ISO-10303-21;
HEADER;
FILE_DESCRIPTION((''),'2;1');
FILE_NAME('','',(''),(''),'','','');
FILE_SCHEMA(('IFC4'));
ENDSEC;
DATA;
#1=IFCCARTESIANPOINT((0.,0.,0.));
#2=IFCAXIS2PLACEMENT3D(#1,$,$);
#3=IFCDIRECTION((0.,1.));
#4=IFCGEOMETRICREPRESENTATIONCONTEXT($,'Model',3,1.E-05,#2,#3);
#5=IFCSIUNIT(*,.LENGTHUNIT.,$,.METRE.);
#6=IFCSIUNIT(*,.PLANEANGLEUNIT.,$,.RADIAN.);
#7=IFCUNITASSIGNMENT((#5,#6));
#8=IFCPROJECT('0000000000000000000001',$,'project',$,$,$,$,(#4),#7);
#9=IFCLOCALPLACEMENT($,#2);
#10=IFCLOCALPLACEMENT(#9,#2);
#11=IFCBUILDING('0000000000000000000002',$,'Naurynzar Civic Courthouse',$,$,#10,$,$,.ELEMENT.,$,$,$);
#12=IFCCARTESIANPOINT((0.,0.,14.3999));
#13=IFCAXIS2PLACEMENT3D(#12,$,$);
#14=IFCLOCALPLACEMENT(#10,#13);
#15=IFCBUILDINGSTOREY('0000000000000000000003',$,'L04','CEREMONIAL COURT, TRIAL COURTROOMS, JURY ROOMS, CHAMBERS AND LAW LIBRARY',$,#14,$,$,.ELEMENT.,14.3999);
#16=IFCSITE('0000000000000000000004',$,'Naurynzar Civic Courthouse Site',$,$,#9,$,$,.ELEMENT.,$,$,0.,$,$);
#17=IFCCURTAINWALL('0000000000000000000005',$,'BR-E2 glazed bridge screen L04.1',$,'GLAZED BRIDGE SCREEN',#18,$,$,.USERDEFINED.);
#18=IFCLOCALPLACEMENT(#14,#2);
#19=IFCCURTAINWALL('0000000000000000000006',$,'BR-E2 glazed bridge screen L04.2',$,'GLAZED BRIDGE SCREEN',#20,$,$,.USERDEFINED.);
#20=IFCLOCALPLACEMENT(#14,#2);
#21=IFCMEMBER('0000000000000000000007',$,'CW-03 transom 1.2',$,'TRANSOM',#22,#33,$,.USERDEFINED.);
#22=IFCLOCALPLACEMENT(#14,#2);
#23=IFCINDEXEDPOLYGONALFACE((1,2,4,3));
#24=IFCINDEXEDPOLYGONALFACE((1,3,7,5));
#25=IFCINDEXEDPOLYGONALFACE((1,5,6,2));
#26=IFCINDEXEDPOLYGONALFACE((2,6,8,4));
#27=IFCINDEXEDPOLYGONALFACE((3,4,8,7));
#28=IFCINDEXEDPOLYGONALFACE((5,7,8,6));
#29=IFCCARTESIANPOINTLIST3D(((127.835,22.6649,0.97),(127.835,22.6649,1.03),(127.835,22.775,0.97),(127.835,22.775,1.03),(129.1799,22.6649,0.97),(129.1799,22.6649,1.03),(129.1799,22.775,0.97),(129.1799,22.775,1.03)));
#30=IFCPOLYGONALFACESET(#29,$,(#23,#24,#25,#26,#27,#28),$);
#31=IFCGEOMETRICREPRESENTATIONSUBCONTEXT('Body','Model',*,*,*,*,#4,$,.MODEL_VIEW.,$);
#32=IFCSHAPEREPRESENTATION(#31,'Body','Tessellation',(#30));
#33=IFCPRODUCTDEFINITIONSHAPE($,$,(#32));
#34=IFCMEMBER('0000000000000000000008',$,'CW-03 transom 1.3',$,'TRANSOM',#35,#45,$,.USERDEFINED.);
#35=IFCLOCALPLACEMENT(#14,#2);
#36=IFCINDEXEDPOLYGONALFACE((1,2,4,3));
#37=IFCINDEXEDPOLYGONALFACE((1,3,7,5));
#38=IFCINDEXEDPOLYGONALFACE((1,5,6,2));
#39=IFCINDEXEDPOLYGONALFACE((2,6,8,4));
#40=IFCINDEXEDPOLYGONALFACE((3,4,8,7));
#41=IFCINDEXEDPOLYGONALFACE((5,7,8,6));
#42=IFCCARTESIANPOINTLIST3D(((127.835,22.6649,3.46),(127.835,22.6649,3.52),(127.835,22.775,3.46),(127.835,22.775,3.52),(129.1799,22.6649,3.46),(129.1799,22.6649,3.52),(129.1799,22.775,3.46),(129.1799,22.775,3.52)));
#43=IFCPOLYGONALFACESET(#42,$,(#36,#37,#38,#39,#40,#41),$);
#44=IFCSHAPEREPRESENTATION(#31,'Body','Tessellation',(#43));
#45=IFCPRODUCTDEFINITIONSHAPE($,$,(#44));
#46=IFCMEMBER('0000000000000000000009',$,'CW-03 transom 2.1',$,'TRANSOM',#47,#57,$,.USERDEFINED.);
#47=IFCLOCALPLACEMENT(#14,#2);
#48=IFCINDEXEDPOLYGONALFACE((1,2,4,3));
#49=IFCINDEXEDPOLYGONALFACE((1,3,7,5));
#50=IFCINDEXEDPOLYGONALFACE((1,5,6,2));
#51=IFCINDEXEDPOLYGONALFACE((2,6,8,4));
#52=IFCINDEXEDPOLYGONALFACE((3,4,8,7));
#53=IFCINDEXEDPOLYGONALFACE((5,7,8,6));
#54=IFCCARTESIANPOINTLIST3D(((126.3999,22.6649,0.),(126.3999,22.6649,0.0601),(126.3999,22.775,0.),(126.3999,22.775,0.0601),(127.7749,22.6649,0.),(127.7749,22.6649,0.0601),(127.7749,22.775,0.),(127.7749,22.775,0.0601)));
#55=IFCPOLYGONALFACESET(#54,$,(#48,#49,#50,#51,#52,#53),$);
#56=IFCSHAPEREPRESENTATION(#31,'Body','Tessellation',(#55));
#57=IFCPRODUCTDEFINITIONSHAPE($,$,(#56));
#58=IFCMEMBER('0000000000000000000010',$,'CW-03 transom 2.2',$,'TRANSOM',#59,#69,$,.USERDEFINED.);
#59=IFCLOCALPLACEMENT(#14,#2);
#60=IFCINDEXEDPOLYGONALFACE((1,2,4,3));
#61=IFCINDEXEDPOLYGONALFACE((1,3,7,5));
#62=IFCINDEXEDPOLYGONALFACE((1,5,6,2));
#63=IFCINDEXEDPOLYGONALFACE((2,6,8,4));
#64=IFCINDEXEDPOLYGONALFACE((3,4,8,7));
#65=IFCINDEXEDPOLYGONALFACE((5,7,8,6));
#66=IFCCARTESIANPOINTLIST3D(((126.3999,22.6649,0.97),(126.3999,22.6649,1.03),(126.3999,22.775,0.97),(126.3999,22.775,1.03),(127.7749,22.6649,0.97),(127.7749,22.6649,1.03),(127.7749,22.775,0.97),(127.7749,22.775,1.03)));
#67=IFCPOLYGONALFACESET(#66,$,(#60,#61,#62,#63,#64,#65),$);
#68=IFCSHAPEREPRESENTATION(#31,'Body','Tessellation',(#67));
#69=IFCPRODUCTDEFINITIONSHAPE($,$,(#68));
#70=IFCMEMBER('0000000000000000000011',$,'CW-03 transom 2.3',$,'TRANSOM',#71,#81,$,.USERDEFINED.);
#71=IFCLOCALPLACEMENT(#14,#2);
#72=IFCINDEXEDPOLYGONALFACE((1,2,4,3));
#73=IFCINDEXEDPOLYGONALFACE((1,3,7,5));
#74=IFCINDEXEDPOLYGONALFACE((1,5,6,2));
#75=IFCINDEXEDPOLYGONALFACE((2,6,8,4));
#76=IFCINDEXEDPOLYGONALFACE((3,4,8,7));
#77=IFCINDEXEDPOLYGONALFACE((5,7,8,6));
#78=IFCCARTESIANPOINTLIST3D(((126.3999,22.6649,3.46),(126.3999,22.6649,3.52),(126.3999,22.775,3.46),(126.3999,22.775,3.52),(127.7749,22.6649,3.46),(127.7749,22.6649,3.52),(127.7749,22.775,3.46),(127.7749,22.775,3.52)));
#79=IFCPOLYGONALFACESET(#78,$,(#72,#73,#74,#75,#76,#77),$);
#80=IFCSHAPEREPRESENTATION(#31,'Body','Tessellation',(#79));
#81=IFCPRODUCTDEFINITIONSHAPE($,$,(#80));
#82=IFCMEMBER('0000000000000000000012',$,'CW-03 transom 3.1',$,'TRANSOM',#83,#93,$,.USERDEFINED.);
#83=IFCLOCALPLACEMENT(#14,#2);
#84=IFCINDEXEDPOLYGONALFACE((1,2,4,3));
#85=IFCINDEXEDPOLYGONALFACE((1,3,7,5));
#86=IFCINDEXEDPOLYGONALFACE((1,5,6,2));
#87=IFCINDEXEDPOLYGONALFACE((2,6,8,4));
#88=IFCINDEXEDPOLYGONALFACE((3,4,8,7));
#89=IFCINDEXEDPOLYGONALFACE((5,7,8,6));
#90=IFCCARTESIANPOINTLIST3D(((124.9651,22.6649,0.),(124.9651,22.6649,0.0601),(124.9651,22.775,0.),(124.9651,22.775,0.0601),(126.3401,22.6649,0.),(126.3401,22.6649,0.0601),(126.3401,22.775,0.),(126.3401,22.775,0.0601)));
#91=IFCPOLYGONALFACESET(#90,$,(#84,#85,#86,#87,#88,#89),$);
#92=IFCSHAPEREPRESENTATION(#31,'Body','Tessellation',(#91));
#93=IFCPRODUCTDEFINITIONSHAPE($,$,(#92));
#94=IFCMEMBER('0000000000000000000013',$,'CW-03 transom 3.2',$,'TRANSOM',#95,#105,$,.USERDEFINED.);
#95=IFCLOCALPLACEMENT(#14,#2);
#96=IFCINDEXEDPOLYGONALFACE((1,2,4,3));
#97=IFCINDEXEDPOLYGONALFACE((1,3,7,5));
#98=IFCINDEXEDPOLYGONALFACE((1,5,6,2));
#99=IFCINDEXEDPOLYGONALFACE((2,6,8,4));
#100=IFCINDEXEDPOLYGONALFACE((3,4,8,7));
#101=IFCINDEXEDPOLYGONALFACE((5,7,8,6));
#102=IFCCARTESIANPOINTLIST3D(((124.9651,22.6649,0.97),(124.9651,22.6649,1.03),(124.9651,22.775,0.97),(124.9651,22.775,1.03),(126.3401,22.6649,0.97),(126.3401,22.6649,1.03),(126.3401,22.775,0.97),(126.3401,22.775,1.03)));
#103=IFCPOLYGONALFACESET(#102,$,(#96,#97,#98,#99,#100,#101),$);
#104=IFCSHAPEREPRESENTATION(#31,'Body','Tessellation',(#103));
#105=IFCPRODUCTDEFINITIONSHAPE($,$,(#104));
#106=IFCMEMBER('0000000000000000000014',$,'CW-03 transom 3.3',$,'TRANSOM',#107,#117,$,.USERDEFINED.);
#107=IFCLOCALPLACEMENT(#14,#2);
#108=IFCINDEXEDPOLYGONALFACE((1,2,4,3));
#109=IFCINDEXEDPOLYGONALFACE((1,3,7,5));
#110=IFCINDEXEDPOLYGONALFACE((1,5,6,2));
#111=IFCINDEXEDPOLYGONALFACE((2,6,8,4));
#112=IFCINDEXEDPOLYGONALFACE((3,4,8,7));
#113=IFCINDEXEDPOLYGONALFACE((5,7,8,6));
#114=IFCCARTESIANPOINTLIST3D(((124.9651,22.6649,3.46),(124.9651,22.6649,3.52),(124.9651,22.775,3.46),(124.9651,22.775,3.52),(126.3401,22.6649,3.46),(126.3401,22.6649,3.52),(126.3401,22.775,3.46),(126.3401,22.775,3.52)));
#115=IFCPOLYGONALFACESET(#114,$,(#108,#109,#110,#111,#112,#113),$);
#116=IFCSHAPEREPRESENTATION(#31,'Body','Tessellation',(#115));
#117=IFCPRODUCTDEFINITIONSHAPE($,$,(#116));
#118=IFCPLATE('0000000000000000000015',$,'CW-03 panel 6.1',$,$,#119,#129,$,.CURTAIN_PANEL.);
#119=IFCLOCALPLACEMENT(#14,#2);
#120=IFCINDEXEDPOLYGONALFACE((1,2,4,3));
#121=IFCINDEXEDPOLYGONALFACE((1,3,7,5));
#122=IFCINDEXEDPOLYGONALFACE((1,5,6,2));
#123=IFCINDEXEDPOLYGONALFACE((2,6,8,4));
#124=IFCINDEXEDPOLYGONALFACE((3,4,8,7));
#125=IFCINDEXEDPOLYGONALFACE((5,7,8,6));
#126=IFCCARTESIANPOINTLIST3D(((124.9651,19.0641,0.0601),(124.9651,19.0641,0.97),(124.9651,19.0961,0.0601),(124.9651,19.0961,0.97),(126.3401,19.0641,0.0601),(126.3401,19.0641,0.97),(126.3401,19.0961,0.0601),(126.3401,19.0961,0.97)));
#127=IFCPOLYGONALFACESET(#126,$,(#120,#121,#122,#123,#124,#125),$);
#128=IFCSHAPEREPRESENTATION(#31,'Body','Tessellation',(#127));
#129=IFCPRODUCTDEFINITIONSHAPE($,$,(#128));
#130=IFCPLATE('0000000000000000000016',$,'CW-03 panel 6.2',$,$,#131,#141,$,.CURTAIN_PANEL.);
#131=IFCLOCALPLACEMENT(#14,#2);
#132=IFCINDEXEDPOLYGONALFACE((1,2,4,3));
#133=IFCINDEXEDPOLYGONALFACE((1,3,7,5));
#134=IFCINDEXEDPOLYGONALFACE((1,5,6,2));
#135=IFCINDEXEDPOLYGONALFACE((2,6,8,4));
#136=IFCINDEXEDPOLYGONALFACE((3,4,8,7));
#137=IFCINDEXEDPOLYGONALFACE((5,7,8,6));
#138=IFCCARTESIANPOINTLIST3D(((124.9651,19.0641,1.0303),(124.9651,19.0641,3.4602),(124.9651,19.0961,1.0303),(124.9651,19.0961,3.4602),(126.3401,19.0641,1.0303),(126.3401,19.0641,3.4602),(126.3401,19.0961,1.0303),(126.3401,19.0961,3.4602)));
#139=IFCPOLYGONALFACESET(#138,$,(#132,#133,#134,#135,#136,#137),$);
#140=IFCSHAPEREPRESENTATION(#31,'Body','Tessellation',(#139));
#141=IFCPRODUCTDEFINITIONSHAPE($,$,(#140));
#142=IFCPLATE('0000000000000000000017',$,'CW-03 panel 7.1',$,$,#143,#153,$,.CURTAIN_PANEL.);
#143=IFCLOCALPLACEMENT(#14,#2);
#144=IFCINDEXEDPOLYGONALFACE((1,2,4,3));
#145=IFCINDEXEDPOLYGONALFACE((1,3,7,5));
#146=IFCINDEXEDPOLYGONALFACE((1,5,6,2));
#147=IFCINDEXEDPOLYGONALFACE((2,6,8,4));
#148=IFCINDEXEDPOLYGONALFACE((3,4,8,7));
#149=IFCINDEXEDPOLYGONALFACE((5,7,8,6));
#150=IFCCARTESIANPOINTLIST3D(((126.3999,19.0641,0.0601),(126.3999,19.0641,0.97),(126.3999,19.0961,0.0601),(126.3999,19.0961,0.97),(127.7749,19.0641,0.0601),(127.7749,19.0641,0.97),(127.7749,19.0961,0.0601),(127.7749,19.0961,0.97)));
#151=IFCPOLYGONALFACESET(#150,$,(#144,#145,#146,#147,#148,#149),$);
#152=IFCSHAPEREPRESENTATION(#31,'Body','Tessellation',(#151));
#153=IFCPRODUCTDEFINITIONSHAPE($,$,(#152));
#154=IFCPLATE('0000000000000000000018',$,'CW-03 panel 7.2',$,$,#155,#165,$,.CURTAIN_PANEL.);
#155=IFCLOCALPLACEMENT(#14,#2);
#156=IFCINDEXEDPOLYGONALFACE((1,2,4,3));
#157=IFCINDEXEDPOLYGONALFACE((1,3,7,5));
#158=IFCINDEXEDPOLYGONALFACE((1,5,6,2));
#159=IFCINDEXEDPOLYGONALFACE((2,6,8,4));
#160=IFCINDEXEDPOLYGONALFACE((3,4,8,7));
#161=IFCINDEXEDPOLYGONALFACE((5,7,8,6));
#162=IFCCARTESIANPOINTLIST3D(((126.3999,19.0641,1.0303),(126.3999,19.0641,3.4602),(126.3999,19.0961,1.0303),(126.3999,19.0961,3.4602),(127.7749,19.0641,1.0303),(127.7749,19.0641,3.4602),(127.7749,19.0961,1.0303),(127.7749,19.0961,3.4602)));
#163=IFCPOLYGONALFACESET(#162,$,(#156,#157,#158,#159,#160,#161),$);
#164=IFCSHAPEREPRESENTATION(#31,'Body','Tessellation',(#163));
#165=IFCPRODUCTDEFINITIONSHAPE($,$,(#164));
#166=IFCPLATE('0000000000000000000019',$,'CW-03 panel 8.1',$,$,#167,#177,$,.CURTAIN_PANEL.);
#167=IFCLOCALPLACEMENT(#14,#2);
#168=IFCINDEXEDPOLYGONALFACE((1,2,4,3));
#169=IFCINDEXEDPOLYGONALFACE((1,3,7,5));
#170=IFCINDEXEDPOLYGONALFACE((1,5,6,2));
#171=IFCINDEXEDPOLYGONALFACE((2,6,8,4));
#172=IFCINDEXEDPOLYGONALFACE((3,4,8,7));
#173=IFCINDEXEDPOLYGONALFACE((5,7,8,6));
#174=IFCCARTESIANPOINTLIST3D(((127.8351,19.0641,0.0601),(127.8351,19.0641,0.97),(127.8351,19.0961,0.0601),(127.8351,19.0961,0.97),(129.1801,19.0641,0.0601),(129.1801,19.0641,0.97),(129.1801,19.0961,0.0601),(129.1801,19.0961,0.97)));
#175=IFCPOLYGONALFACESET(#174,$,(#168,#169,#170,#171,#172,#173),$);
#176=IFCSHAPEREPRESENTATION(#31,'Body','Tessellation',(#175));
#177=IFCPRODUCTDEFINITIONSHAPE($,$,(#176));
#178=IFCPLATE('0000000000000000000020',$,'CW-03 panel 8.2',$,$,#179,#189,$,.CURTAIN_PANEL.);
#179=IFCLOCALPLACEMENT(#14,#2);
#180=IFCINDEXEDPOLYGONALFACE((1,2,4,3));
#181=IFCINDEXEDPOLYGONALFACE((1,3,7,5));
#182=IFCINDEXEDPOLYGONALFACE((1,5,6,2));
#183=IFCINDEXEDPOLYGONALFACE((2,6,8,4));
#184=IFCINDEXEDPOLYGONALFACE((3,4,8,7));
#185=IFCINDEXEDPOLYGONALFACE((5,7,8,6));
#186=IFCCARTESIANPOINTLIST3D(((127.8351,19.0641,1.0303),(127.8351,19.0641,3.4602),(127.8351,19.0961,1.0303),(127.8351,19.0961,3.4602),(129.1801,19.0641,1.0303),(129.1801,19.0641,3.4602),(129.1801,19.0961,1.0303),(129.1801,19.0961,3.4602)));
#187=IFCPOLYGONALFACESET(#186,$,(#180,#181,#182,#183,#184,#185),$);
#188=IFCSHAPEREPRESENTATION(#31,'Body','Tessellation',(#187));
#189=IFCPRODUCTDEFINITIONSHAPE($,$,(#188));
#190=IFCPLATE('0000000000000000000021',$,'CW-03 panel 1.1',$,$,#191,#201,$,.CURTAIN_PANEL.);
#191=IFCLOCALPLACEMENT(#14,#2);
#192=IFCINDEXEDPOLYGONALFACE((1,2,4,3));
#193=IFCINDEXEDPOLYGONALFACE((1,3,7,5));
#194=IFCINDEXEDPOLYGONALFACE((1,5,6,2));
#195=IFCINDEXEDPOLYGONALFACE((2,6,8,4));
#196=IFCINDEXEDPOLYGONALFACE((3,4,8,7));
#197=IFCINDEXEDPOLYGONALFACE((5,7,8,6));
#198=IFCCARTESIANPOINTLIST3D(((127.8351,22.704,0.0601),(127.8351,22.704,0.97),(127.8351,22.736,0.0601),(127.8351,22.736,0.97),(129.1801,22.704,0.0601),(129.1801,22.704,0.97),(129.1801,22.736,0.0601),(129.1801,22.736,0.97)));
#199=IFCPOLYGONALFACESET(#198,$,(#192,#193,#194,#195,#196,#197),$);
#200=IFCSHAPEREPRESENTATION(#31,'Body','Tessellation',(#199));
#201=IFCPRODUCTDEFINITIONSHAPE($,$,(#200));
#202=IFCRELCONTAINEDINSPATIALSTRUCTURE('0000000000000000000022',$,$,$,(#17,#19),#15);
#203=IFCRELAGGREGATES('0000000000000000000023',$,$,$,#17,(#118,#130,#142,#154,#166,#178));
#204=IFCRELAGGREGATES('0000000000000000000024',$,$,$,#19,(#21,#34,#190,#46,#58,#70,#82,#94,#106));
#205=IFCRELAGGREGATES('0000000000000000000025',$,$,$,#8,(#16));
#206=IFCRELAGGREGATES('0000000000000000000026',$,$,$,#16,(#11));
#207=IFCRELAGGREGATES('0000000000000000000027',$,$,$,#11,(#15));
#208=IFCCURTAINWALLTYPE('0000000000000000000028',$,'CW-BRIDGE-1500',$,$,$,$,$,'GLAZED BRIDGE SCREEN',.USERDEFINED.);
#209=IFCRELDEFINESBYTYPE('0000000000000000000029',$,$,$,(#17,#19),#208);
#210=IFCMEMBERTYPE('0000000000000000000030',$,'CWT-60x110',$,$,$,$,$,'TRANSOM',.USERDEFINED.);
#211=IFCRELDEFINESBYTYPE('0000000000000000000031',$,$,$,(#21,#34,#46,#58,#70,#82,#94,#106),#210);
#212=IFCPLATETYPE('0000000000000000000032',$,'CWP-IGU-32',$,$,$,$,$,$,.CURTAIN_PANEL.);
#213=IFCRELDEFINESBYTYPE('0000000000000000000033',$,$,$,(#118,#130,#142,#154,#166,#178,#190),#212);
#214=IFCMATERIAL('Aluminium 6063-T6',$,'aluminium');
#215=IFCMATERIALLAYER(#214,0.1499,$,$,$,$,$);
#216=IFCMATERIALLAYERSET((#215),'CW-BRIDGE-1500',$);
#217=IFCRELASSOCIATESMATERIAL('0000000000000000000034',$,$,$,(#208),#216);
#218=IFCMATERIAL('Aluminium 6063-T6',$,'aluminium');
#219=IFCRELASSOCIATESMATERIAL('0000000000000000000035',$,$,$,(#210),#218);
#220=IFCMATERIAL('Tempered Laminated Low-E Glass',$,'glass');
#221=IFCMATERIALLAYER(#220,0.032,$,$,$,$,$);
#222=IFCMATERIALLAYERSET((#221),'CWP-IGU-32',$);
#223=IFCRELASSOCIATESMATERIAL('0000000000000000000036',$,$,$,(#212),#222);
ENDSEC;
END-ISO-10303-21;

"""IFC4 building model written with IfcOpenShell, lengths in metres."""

from ifc_helpers import new_model, si_unit, direction, frame, origin, origin_2d, place, context, subcontext, project, spatial, rectangle, extrude, material, layer, layer_set, material_profile, profile_set, type_object, element, aggregate, save


model = new_model("IFC4")

# Units and contexts
model_context = context("Model", 3, precision=1e-05, world=origin(), true_north=direction((0.0, 1.0)))
body_context = subcontext(model_context, "Body", "Model", "MODEL_VIEW")
ifc_project = project(units=[si_unit("LENGTHUNIT", "METRE"), si_unit("PLANEANGLEUNIT", "RADIAN")], contexts=[model_context])

# Site, building, storey
site_placement = place(None, origin())
site = spatial("IfcSite", under=ifc_project, at=site_placement, Name="Naurynzar Civic Courthouse Site", CompositionType="ELEMENT", RefElevation=0.0)
building_placement = place(site_placement, origin())
building = spatial("IfcBuilding", under=site, at=building_placement, Name="Naurynzar Civic Courthouse", CompositionType="ELEMENT")
storey_placement = place(building_placement, frame((0.0, 0.0, 14.3999)))
storey = spatial("IfcBuildingStorey", under=building, at=storey_placement, Name="L04", Description="CEREMONIAL COURT, TRIAL COURTROOMS, JURY ROOMS, CHAMBERS AND LAW LIBRARY", CompositionType="ELEMENT", Elevation=14.3999)

# Curtain walls
ifc_material_1 = material(Name="Aluminium 6063-T6", Category="aluminium")
ifc_layer_1 = layer(ifc_material_1, 0.1499)
ifc_layer_set_1 = layer_set([ifc_layer_1], Name="CW-BRIDGE-1500")
curtain_wall_type = type_object("IfcCurtainWallType", Name="CW-BRIDGE-1500", ElementType="GLAZED BRIDGE SCREEN", PredefinedType="USERDEFINED", material=ifc_layer_set_1)
curtain_wall_1_placement = place(storey_placement, origin())
curtain_wall_1 = element("IfcCurtainWall", 1, at=curtain_wall_1_placement, inside=storey, type_object=curtain_wall_type, Name="BR-E2 glazed bridge screen L04.1", ObjectType="GLAZED BRIDGE SCREEN", PredefinedType="USERDEFINED")
curtain_wall_2_placement = place(storey_placement, origin())
curtain_wall_2 = element("IfcCurtainWall", 2, at=curtain_wall_2_placement, inside=storey, type_object=curtain_wall_type, Name="BR-E2 glazed bridge screen L04.2", ObjectType="GLAZED BRIDGE SCREEN", PredefinedType="USERDEFINED")

# Members
ifc_material_2 = material(Name="Aluminium 6063-T6", Category="aluminium")
ifc_material_profile_1 = material_profile(ifc_material_2, rectangle(XDim=0.1101, YDim=0.0601, at=origin_2d()), Name="ALU TRANSOM 60x110")
ifc_profile_set_1 = profile_set([ifc_material_profile_1], Name="Aluminium 6063-T6")
member_type_1 = type_object("IfcMemberType", Name="CWT-60x110", ElementType="TRANSOM", PredefinedType="USERDEFINED", material=ifc_profile_set_1)
member_1_placement = place(storey_placement, frame((129.1799, 22.72, 1.0), z_axis=(-1.0, 0.0, 0.0), x_axis=(0.0, -1.0, 0.0)))
member_1 = element("IfcMember", 3, at=member_1_placement, type_object=member_type_1, Name="CW-03 transom 1.2", ObjectType="TRANSOM", PredefinedType="USERDEFINED", context=body_context, shape_type="SweptSolid", body=[
    extrude(rectangle(XDim=0.1101, YDim=0.0601, at=origin_2d()), origin(), (0.0, 0.0, 1.0), 1.345),
])
member_2_placement = place(storey_placement, frame((129.1799, 22.72, 3.49), z_axis=(-1.0, 0.0, 0.0), x_axis=(0.0, -1.0, 0.0)))
member_2 = element("IfcMember", 4, at=member_2_placement, type_object=member_type_1, Name="CW-03 transom 1.3", ObjectType="TRANSOM", PredefinedType="USERDEFINED", context=body_context, shape_type="SweptSolid", body=[
    extrude(rectangle(XDim=0.1101, YDim=0.0601, at=origin_2d()), origin(), (0.0, 0.0, 1.0), 1.345),
])
member_3_placement = place(storey_placement, frame((127.7749, 22.72, 0.03), z_axis=(-1.0, 0.0, 0.0), x_axis=(0.0, -1.0, 0.0)))
member_3 = element("IfcMember", 5, at=member_3_placement, type_object=member_type_1, Name="CW-03 transom 2.1", ObjectType="TRANSOM", PredefinedType="USERDEFINED", context=body_context, shape_type="SweptSolid", body=[
    extrude(rectangle(XDim=0.1101, YDim=0.0601, at=origin_2d()), origin(), (0.0, 0.0, 1.0), 1.375),
])
member_4_placement = place(storey_placement, frame((127.7749, 22.72, 1.0), z_axis=(-1.0, 0.0, 0.0), x_axis=(0.0, -1.0, 0.0)))
member_4 = element("IfcMember", 6, at=member_4_placement, type_object=member_type_1, Name="CW-03 transom 2.2", ObjectType="TRANSOM", PredefinedType="USERDEFINED", context=body_context, shape_type="SweptSolid", body=[
    extrude(rectangle(XDim=0.1101, YDim=0.0601, at=origin_2d()), origin(), (0.0, 0.0, 1.0), 1.375),
])
member_5_placement = place(storey_placement, frame((127.7749, 22.72, 3.49), z_axis=(-1.0, 0.0, 0.0), x_axis=(0.0, -1.0, 0.0)))
member_5 = element("IfcMember", 7, at=member_5_placement, type_object=member_type_1, Name="CW-03 transom 2.3", ObjectType="TRANSOM", PredefinedType="USERDEFINED", context=body_context, shape_type="SweptSolid", body=[
    extrude(rectangle(XDim=0.1101, YDim=0.0601, at=origin_2d()), origin(), (0.0, 0.0, 1.0), 1.375),
])
member_6_placement = place(storey_placement, frame((126.3401, 22.72, 0.03), z_axis=(-1.0, 0.0, 0.0), x_axis=(0.0, -1.0, 0.0)))
member_6 = element("IfcMember", 8, at=member_6_placement, type_object=member_type_1, Name="CW-03 transom 3.1", ObjectType="TRANSOM", PredefinedType="USERDEFINED", context=body_context, shape_type="SweptSolid", body=[
    extrude(rectangle(XDim=0.1101, YDim=0.0601, at=origin_2d()), origin(), (0.0, 0.0, 1.0), 1.375),
])
member_7_placement = place(storey_placement, frame((126.3401, 22.72, 1.0), z_axis=(-1.0, 0.0, 0.0), x_axis=(0.0, -1.0, 0.0)))
member_7 = element("IfcMember", 9, at=member_7_placement, type_object=member_type_1, Name="CW-03 transom 3.2", ObjectType="TRANSOM", PredefinedType="USERDEFINED", context=body_context, shape_type="SweptSolid", body=[
    extrude(rectangle(XDim=0.1101, YDim=0.0601, at=origin_2d()), origin(), (0.0, 0.0, 1.0), 1.375),
])
member_8_placement = place(storey_placement, frame((126.3401, 22.72, 3.49), z_axis=(-1.0, 0.0, 0.0), x_axis=(0.0, -1.0, 0.0)))
member_8 = element("IfcMember", 10, at=member_8_placement, type_object=member_type_1, Name="CW-03 transom 3.3", ObjectType="TRANSOM", PredefinedType="USERDEFINED", context=body_context, shape_type="SweptSolid", body=[
    extrude(rectangle(XDim=0.1101, YDim=0.0601, at=origin_2d()), origin(), (0.0, 0.0, 1.0), 1.375),
])

# Plates
ifc_material_3 = material(Name="Tempered Laminated Low-E Glass", Category="glass")
ifc_layer_2 = layer(ifc_material_3, 0.032)
ifc_layer_set_2 = layer_set([ifc_layer_2], Name="CWP-IGU-32")
plate_type = type_object("IfcPlateType", Name="CWP-IGU-32", PredefinedType="CURTAIN_PANEL", material=ifc_layer_set_2)
plate_1_placement = place(storey_placement, frame((125.6526, 19.0801, 0.0601), z_axis=(0.0, 0.0, 1.0), x_axis=(1.0, 0.0, 0.0)))
plate_1 = element("IfcPlate", 11, at=plate_1_placement, type_object=plate_type, Name="CW-03 panel 6.1", PredefinedType="CURTAIN_PANEL", context=body_context, shape_type="SweptSolid", body=[
    extrude(rectangle(XDim=1.375, YDim=0.032, at=origin_2d()), origin(), (0.0, 0.0, 1.0), 0.9099),
])
plate_2_placement = place(storey_placement, frame((125.6526, 19.0801, 1.0303), z_axis=(0.0, 0.0, 1.0), x_axis=(1.0, 0.0, 0.0)))
plate_2 = element("IfcPlate", 12, at=plate_2_placement, type_object=plate_type, Name="CW-03 panel 6.2", PredefinedType="CURTAIN_PANEL", context=body_context, shape_type="SweptSolid", body=[
    extrude(rectangle(XDim=1.375, YDim=0.032, at=origin_2d()), origin(), (0.0, 0.0, 1.0), 2.4299),
])
plate_3_placement = place(storey_placement, frame((127.0874, 19.0801, 0.0601), z_axis=(0.0, 0.0, 1.0), x_axis=(1.0, 0.0, 0.0)))
plate_3 = element("IfcPlate", 13, at=plate_3_placement, type_object=plate_type, Name="CW-03 panel 7.1", PredefinedType="CURTAIN_PANEL", context=body_context, shape_type="SweptSolid", body=[
    extrude(rectangle(XDim=1.375, YDim=0.032, at=origin_2d()), origin(), (0.0, 0.0, 1.0), 0.9099),
])
plate_4_placement = place(storey_placement, frame((127.0874, 19.0801, 1.0303), z_axis=(0.0, 0.0, 1.0), x_axis=(1.0, 0.0, 0.0)))
plate_4 = element("IfcPlate", 14, at=plate_4_placement, type_object=plate_type, Name="CW-03 panel 7.2", PredefinedType="CURTAIN_PANEL", context=body_context, shape_type="SweptSolid", body=[
    extrude(rectangle(XDim=1.375, YDim=0.032, at=origin_2d()), origin(), (0.0, 0.0, 1.0), 2.4299),
])
plate_5_placement = place(storey_placement, frame((128.5076, 19.0801, 0.0601), z_axis=(0.0, 0.0, 1.0), x_axis=(1.0, 0.0, 0.0)))
plate_5 = element("IfcPlate", 15, at=plate_5_placement, type_object=plate_type, Name="CW-03 panel 8.1", PredefinedType="CURTAIN_PANEL", context=body_context, shape_type="SweptSolid", body=[
    extrude(rectangle(XDim=1.345, YDim=0.032, at=origin_2d()), origin(), (0.0, 0.0, 1.0), 0.9099),
])
plate_6_placement = place(storey_placement, frame((128.5076, 19.0801, 1.0303), z_axis=(0.0, 0.0, 1.0), x_axis=(1.0, 0.0, 0.0)))
plate_6 = element("IfcPlate", 16, at=plate_6_placement, type_object=plate_type, Name="CW-03 panel 8.2", PredefinedType="CURTAIN_PANEL", context=body_context, shape_type="SweptSolid", body=[
    extrude(rectangle(XDim=1.345, YDim=0.032, at=origin_2d()), origin(), (0.0, 0.0, 1.0), 2.4299),
])
aggregate(curtain_wall_1, [plate_1, plate_2, plate_3, plate_4, plate_5, plate_6])
plate_7_placement = place(storey_placement, frame((128.5076, 22.72, 0.0601), z_axis=(0.0, 0.0, 1.0), x_axis=(-1.0, 0.0, 0.0)))
plate_7 = element("IfcPlate", 17, at=plate_7_placement, type_object=plate_type, Name="CW-03 panel 1.1", PredefinedType="CURTAIN_PANEL", context=body_context, shape_type="SweptSolid", body=[
    extrude(rectangle(XDim=1.345, YDim=0.032, at=origin_2d()), origin(), (0.0, 0.0, 1.0), 0.9099),
])
aggregate(curtain_wall_2, [member_1, member_2, plate_7, member_3, member_4, member_5, member_6, member_7, member_8])

save(model, "model.ifc")
